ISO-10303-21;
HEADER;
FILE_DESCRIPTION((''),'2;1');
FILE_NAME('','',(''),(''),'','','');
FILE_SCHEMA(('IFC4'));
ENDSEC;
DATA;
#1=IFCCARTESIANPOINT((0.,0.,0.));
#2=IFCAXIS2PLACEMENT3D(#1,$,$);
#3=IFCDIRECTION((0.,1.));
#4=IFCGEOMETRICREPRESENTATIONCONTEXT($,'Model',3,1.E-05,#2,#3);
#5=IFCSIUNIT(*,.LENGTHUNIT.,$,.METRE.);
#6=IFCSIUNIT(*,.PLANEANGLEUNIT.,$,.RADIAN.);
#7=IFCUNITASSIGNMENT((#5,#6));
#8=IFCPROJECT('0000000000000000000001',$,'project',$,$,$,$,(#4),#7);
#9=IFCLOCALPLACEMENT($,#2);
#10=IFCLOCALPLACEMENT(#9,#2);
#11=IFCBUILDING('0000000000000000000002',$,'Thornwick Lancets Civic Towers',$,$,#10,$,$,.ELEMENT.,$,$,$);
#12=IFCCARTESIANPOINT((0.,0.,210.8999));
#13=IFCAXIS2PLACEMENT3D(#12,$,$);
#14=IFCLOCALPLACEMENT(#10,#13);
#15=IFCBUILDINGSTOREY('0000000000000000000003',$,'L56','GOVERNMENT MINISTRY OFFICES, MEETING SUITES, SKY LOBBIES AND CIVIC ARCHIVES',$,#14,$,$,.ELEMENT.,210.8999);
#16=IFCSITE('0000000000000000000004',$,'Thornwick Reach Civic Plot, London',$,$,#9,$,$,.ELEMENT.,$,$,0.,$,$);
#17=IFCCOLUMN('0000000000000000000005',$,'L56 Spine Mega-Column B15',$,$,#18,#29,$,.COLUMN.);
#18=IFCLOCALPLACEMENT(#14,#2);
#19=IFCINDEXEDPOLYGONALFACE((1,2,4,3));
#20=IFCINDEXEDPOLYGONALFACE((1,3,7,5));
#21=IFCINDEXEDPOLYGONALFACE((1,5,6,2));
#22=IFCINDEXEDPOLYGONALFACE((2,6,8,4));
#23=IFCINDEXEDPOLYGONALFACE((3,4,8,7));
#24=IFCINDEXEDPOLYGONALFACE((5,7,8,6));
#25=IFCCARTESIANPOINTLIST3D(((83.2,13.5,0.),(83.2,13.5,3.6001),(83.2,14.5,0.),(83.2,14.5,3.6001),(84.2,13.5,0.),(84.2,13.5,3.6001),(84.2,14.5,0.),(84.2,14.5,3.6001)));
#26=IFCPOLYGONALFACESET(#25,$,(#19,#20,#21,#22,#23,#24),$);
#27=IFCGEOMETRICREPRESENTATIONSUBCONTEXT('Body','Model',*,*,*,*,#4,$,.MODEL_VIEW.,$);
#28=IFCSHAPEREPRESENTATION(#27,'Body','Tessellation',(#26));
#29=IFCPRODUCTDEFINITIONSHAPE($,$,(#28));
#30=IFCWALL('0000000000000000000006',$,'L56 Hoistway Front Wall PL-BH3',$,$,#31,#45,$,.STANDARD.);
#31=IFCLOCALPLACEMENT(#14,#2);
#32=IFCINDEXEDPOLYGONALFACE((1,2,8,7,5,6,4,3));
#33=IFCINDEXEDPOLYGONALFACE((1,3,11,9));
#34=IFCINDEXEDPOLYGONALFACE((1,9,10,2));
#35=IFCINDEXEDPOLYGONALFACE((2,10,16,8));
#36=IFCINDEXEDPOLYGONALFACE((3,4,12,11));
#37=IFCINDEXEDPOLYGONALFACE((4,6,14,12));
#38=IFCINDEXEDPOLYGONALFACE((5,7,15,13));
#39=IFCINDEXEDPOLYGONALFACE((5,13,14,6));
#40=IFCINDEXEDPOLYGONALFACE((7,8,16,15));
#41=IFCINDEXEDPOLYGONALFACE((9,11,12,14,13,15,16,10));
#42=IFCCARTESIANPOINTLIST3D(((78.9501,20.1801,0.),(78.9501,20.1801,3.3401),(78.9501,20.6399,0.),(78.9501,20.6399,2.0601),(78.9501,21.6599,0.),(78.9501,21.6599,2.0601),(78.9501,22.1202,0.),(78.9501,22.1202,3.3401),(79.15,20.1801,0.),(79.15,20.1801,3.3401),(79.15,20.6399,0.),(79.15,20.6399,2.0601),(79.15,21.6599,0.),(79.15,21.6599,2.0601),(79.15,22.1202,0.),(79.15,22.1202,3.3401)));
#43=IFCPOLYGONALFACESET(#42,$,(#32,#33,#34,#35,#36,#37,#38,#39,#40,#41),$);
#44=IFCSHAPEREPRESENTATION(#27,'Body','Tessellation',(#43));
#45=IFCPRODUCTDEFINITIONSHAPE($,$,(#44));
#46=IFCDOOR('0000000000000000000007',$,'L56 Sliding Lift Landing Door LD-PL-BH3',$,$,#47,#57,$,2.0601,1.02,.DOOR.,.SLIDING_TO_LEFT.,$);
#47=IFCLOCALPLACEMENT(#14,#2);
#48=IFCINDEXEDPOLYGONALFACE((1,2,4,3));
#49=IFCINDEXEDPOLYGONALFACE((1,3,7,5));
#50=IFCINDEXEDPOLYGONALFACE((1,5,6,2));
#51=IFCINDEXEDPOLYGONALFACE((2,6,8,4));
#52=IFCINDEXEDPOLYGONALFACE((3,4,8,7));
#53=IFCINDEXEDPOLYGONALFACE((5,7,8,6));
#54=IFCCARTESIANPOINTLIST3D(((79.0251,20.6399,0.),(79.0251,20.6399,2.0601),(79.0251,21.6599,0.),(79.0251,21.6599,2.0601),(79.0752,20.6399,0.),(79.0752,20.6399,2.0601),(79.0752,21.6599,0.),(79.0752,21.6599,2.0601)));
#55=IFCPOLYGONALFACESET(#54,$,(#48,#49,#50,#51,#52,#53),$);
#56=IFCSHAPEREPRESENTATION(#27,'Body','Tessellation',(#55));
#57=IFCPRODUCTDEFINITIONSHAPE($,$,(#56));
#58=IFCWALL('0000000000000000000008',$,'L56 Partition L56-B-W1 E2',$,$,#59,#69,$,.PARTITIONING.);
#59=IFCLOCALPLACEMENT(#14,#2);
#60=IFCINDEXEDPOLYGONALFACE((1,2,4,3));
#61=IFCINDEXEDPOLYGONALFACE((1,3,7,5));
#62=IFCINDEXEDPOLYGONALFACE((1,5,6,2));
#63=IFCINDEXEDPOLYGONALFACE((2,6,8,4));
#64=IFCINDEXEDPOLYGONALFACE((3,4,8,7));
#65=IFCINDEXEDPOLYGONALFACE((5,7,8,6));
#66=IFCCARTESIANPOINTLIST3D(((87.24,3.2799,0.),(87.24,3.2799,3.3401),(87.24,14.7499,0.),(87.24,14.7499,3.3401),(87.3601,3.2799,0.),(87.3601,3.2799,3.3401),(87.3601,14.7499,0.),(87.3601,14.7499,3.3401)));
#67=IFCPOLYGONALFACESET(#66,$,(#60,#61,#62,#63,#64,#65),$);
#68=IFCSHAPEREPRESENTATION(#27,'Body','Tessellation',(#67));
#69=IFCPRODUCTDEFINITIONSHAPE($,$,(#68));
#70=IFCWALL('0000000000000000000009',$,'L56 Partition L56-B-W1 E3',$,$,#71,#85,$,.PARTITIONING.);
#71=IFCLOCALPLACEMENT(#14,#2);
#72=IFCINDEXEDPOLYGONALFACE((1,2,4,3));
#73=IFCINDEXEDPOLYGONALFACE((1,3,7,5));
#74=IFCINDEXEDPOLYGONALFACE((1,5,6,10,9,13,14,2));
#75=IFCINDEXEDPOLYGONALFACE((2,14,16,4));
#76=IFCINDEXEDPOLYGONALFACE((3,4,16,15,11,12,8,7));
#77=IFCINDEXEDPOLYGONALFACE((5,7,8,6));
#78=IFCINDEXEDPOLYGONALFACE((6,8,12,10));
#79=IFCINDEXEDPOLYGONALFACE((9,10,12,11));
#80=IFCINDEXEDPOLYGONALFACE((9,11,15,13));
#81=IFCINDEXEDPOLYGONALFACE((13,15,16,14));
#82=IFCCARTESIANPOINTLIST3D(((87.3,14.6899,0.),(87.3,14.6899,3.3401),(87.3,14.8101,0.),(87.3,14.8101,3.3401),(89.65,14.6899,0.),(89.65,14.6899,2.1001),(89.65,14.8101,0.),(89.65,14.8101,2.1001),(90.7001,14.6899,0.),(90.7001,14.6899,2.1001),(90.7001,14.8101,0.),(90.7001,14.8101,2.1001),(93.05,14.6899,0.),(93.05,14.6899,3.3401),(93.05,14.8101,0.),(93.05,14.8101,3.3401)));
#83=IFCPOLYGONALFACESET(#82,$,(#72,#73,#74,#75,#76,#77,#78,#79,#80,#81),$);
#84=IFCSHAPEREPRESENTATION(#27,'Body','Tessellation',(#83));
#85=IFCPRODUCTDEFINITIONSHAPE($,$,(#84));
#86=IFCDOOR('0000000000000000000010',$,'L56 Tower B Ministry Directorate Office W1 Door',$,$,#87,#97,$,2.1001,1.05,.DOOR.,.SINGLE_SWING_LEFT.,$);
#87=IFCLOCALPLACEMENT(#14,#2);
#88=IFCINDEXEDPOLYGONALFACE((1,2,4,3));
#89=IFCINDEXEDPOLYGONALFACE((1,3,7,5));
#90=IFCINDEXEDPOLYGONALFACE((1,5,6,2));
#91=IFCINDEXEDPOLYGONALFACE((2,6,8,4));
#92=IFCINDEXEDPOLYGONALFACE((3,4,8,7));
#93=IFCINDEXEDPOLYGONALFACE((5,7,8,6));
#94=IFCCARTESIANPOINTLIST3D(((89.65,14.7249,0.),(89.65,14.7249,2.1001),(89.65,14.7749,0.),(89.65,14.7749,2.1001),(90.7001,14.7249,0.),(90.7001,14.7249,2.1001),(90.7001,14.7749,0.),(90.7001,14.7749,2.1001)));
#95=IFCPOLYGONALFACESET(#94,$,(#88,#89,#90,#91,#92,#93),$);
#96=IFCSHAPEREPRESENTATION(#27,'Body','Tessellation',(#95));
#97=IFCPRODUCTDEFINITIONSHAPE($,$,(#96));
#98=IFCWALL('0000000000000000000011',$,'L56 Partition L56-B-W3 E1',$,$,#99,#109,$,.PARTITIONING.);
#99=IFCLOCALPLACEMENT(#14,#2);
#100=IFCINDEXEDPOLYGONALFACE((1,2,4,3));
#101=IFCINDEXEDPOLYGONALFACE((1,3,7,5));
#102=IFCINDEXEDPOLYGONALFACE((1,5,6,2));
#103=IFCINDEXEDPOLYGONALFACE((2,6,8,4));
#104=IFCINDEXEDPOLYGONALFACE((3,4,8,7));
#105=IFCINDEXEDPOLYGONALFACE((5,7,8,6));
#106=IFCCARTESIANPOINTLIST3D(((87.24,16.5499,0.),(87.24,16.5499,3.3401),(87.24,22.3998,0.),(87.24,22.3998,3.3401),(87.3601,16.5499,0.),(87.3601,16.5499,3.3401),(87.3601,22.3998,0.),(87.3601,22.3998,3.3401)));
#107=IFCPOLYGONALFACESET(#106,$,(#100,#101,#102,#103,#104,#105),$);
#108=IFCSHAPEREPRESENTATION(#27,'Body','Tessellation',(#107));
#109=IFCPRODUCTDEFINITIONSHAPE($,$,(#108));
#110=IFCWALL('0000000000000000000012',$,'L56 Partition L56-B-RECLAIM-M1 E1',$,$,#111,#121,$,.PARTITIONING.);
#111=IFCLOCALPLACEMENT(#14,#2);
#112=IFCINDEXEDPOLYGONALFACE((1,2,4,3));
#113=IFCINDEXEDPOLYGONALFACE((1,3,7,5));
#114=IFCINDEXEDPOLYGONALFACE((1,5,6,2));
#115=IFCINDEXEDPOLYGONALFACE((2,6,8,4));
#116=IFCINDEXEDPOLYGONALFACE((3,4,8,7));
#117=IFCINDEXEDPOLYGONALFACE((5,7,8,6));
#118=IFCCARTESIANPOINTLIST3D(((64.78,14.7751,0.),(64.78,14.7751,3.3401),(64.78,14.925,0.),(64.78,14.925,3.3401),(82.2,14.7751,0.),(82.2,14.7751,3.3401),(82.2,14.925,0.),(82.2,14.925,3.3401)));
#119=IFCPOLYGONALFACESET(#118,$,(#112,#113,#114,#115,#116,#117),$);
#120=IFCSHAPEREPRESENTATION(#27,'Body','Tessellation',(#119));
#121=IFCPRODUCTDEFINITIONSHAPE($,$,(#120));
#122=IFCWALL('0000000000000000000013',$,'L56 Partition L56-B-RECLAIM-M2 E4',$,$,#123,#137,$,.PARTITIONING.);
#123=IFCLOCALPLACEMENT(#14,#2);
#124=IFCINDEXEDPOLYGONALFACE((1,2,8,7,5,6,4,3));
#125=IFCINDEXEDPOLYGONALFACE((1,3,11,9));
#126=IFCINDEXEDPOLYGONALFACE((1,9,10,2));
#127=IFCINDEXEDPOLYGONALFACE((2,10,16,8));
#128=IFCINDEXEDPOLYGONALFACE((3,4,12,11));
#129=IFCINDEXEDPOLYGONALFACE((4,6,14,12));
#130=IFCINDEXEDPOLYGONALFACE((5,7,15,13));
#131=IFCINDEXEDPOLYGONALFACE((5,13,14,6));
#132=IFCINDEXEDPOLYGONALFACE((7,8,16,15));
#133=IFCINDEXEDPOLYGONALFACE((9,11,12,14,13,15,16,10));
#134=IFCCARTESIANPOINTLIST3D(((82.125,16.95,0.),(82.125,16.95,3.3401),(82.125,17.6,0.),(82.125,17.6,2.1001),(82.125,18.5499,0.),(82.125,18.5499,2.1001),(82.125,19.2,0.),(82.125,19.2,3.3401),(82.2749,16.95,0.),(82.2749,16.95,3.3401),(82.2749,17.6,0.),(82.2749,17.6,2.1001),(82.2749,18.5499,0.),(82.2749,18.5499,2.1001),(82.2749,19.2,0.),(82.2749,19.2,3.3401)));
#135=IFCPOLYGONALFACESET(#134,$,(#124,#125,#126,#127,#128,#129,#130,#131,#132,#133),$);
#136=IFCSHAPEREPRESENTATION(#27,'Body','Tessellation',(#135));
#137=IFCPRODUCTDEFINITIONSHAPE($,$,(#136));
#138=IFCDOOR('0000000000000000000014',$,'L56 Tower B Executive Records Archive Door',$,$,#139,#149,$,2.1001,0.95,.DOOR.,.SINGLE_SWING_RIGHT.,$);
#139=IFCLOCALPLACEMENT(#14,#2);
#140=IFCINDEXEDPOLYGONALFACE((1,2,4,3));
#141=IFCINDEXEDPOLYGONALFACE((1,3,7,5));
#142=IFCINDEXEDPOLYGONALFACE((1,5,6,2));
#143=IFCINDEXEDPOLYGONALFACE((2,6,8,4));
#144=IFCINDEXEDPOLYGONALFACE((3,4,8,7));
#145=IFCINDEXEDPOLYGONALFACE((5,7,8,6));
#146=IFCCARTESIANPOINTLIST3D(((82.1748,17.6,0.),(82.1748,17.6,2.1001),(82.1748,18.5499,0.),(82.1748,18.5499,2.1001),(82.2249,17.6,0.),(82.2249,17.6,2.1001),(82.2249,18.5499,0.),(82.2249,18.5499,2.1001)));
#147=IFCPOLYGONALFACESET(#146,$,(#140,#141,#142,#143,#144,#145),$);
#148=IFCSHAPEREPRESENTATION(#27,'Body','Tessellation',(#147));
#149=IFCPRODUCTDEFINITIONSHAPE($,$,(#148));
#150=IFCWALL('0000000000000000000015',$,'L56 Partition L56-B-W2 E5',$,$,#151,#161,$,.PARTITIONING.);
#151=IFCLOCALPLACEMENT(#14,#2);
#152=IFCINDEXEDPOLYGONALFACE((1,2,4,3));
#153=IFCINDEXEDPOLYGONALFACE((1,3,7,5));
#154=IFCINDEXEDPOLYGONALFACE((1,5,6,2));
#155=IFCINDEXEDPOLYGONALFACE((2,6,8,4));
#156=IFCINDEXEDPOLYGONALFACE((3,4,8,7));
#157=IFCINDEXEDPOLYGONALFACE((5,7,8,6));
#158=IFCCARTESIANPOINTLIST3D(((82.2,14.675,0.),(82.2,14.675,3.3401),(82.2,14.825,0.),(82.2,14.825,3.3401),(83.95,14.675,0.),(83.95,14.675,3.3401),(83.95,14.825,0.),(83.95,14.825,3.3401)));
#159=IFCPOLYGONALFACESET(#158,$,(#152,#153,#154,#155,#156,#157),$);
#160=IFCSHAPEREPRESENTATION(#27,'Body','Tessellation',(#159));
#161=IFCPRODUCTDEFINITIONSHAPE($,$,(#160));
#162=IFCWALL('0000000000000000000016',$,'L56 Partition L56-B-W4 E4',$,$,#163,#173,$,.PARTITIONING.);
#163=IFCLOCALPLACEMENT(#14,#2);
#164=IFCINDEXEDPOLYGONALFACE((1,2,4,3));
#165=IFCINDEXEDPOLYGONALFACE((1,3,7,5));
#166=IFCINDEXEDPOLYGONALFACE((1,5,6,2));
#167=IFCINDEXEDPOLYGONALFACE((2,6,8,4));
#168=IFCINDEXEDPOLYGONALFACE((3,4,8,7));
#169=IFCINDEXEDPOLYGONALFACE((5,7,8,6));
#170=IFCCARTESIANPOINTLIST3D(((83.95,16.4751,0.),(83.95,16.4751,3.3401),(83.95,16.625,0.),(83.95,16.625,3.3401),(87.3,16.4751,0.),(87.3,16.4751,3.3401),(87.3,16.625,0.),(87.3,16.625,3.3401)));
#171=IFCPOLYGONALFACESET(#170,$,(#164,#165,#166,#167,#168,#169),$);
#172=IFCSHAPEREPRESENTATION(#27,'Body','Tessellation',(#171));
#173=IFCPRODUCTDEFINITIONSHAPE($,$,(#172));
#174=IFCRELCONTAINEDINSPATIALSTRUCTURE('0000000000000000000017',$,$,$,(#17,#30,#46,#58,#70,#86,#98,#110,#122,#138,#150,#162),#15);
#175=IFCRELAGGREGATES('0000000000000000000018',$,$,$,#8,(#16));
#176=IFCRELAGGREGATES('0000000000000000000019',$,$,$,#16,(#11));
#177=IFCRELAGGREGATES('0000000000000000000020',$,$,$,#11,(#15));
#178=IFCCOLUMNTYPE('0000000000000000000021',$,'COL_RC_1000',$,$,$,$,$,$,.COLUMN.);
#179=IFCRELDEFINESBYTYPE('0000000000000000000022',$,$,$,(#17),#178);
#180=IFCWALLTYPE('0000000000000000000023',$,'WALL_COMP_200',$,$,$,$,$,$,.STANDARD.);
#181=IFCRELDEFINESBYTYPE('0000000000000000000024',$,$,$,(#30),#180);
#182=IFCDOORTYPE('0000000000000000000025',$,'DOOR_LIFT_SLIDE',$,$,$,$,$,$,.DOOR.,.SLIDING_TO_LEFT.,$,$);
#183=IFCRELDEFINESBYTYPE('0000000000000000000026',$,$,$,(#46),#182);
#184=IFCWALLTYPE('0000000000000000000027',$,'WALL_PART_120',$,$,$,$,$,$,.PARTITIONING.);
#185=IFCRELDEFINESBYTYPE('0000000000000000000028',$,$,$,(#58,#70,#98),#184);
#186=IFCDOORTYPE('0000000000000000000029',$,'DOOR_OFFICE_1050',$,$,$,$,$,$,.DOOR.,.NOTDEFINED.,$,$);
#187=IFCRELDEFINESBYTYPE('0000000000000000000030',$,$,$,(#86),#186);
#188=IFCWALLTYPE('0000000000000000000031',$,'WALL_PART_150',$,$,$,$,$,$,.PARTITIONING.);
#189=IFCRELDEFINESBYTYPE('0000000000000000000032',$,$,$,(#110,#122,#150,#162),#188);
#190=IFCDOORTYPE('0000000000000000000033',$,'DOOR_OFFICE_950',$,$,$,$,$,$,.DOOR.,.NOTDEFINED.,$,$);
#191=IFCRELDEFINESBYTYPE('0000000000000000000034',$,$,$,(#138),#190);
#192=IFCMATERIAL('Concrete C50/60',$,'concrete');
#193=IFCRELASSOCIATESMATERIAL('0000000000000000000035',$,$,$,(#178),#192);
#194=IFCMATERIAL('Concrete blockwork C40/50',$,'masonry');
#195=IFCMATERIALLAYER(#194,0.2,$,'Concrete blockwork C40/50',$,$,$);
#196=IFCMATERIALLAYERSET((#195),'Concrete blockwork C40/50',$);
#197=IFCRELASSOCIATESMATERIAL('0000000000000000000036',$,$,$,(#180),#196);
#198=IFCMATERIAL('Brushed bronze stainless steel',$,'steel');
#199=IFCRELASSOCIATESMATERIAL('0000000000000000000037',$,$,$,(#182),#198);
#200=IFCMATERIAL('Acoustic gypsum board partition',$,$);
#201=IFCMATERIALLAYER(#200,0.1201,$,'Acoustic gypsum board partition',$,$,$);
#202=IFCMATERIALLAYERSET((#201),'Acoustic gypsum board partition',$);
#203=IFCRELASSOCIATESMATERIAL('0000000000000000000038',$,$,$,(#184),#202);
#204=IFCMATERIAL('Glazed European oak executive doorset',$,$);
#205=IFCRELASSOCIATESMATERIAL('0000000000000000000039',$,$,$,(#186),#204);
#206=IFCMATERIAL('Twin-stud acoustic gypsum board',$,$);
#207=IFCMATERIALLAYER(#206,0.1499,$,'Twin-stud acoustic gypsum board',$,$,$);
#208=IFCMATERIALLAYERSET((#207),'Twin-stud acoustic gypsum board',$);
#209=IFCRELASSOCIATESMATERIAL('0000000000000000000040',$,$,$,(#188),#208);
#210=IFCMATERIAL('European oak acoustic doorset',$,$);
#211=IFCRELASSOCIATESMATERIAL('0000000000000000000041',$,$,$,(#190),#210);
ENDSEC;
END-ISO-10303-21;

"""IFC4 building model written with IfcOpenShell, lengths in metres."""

from ifc_helpers import new_model, si_unit, direction, frame, frame_2d, origin, origin_2d, place, context, subcontext, project, spatial, rectangle, extrude, material, layer, layer_set, material_profile, profile_set, type_object, element, fill, save


model = new_model("IFC4")

# Units and contexts
model_context = context("Model", 3, precision=1e-05, world=origin(), true_north=direction((0.0, 1.0)))
body_context = subcontext(model_context, "Body", "Model", "MODEL_VIEW")
ifc_project = project(units=[si_unit("LENGTHUNIT", "METRE"), si_unit("PLANEANGLEUNIT", "RADIAN")], contexts=[model_context])

# Site, building, storey
site_placement = place(None, origin())
site = spatial("IfcSite", under=ifc_project, at=site_placement, Name="Thornwick Reach Civic Plot, London", CompositionType="ELEMENT", RefElevation=0.0)
building_placement = place(site_placement, origin())
building = spatial("IfcBuilding", under=site, at=building_placement, Name="Thornwick Lancets Civic Towers", CompositionType="ELEMENT")
storey_placement = place(building_placement, frame((0.0, 0.0, 210.8999)))
storey = spatial("IfcBuildingStorey", under=building, at=storey_placement, Name="L56", Description="GOVERNMENT MINISTRY OFFICES, MEETING SUITES, SKY LOBBIES AND CIVIC ARCHIVES", CompositionType="ELEMENT", Elevation=210.8999)

# Column
ifc_material_1 = material(Name="Concrete C50/60", Category="concrete")
ifc_material_profile = material_profile(ifc_material_1, rectangle(XDim=1.0, YDim=1.0, at=origin_2d()), Name="RC 1000x1000")
ifc_profile_set = profile_set([ifc_material_profile], Name="Concrete C50/60")
column_type = type_object("IfcColumnType", Name="COL_RC_1000", PredefinedType="COLUMN", material=ifc_profile_set)
column_placement = place(storey_placement, frame((83.7, 14.0, 0.0), z_axis=(0.0, 0.0, 1.0), x_axis=(1.0, 0.0, 0.0)))
element("IfcColumn", 1, at=column_placement, inside=storey, type_object=column_type, Name="L56 Spine Mega-Column B15", PredefinedType="COLUMN", context=body_context, shape_type="SweptSolid", body=[
    extrude(rectangle(XDim=1.0, YDim=1.0, at=origin_2d()), origin(), (0.0, 0.0, 1.0), 3.6001),
])

# Wall, opening, door
ifc_material_2 = material(Name="Concrete blockwork C40/50", Category="masonry")
ifc_layer_1 = layer(ifc_material_2, 0.2, Name="Concrete blockwork C40/50")
ifc_layer_set_1 = layer_set([ifc_layer_1], Name="Concrete blockwork C40/50")
wall_type_1 = type_object("IfcWallType", Name="WALL_COMP_200", PredefinedType="STANDARD", material=ifc_layer_set_1)
wall_1_placement = place(storey_placement, frame((79.05, 20.1799, 0.0), z_axis=(0.0, 0.0, 1.0), x_axis=(0.0, 1.0, 0.0)))
wall_1 = element("IfcWall", 2, at=wall_1_placement, inside=storey, type_object=wall_type_1, Name="L56 Hoistway Front Wall PL-BH3", PredefinedType="STANDARD", context=body_context, shape_type="SweptSolid", body=[
    extrude(rectangle(XDim=1.9402, YDim=0.2, at=frame_2d((0.9702, 0.0))), origin(), (0.0, 0.0, 1.0), 3.3401),
])
opening_1_placement = place(wall_1_placement, frame((0.46, 0.0, 0.0)))
opening_1 = element("IfcOpeningElement", 3, at=opening_1_placement, cuts=wall_1, PredefinedType="OPENING", context=body_context, shape_type="SweptSolid", body=[
    extrude(rectangle(XDim=1.02, YDim=2.0601, at=frame_2d((0.51, 1.03))), frame((0.0, 0.1099, 0.0), z_axis=(0.0, -1.0, 0.0), x_axis=(1.0, 0.0, 0.0)), (0.0, 0.0, 1.0), 0.22),
])
ifc_material_3 = material(Name="Brushed bronze stainless steel", Category="steel")
door_type_1 = type_object("IfcDoorType", Name="DOOR_LIFT_SLIDE", OperationType="SLIDING_TO_LEFT", PredefinedType="DOOR", material=ifc_material_3)
door_1_placement = place(opening_1_placement, origin())
door_1 = element("IfcDoor", 4, at=door_1_placement, inside=storey, type_object=door_type_1, Name="L56 Sliding Lift Landing Door LD-PL-BH3", OperationType="SLIDING_TO_LEFT", OverallHeight=2.0601, OverallWidth=1.02, PredefinedType="DOOR", context=body_context, shape_type="SweptSolid", body=[
    extrude(rectangle(XDim=1.02, YDim=2.0601, at=frame_2d((0.51, 1.03))), frame((0.0, 0.0249, 0.0), z_axis=(0.0, -1.0, 0.0), x_axis=(1.0, 0.0, 0.0)), (0.0, 0.0, 1.0), 0.05),
])
fill(opening_1, door_1)

# Wall
ifc_material_4 = material(Name="Acoustic gypsum board partition")
ifc_layer_2 = layer(ifc_material_4, 0.1201, Name="Acoustic gypsum board partition")
ifc_layer_set_2 = layer_set([ifc_layer_2], Name="Acoustic gypsum board partition")
wall_type_2 = type_object("IfcWallType", Name="WALL_PART_120", PredefinedType="PARTITIONING", material=ifc_layer_set_2)
wall_2_placement = place(storey_placement, frame((87.3, 3.28, 0.0), z_axis=(0.0, 0.0, 1.0), x_axis=(0.0, 1.0, 0.0)))
element("IfcWall", 5, at=wall_2_placement, inside=storey, type_object=wall_type_2, Name="L56 Partition L56-B-W1 E2", PredefinedType="PARTITIONING", context=body_context, shape_type="SweptSolid", body=[
    extrude(rectangle(XDim=11.47, YDim=0.1201, at=frame_2d((5.7349, 0.0))), origin(), (0.0, 0.0, 1.0), 3.3401),
])

# Wall, opening, door
wall_3_placement = place(storey_placement, frame((87.3, 14.75, 0.0), z_axis=(0.0, 0.0, 1.0), x_axis=(1.0, 0.0, 0.0)))
wall_3 = element("IfcWall", 6, at=wall_3_placement, inside=storey, type_object=wall_type_2, Name="L56 Partition L56-B-W1 E3", PredefinedType="PARTITIONING", context=body_context, shape_type="SweptSolid", body=[
    extrude(rectangle(XDim=5.75, YDim=0.1201, at=frame_2d((2.875, 0.0))), origin(), (0.0, 0.0, 1.0), 3.3401),
])
opening_2_placement = place(wall_3_placement, frame((2.3501, 0.0, 0.0)))
opening_2 = element("IfcOpeningElement", 7, at=opening_2_placement, cuts=wall_3, PredefinedType="OPENING", context=body_context, shape_type="SweptSolid", body=[
    extrude(rectangle(XDim=1.05, YDim=2.1001, at=frame_2d((0.5249, 1.05))), frame((0.0, 0.0701, 0.0), z_axis=(0.0, -1.0, 0.0), x_axis=(1.0, 0.0, 0.0)), (0.0, 0.0, 1.0), 0.1401),
])
ifc_material_5 = material(Name="Glazed European oak executive doorset")
door_type_2 = type_object("IfcDoorType", Name="DOOR_OFFICE_1050", OperationType="NOTDEFINED", PredefinedType="DOOR", material=ifc_material_5)
door_2_placement = place(opening_2_placement, origin())
door_2 = element("IfcDoor", 8, at=door_2_placement, inside=storey, type_object=door_type_2, Name="L56 Tower B Ministry Directorate Office W1 Door", OperationType="SINGLE_SWING_LEFT", OverallHeight=2.1001, OverallWidth=1.05, PredefinedType="DOOR", context=body_context, shape_type="SweptSolid", body=[
    extrude(rectangle(XDim=1.05, YDim=2.1001, at=frame_2d((0.5249, 1.05))), frame((0.0, 0.0249, 0.0), z_axis=(0.0, -1.0, 0.0), x_axis=(1.0, 0.0, 0.0)), (0.0, 0.0, 1.0), 0.05),
])
fill(opening_2, door_2)

# Walls
wall_4_placement = place(storey_placement, frame((87.3, 16.55, 0.0), z_axis=(0.0, 0.0, 1.0), x_axis=(0.0, 1.0, 0.0)))
element("IfcWall", 9, at=wall_4_placement, inside=storey, type_object=wall_type_2, Name="L56 Partition L56-B-W3 E1", PredefinedType="PARTITIONING", context=body_context, shape_type="SweptSolid", body=[
    extrude(rectangle(XDim=5.8499, YDim=0.1201, at=frame_2d((2.9248, 0.0))), origin(), (0.0, 0.0, 1.0), 3.3401),
])
ifc_material_6 = material(Name="Twin-stud acoustic gypsum board")
ifc_layer_3 = layer(ifc_material_6, 0.1499, Name="Twin-stud acoustic gypsum board")
ifc_layer_set_3 = layer_set([ifc_layer_3], Name="Twin-stud acoustic gypsum board")
wall_type_3 = type_object("IfcWallType", Name="WALL_PART_150", PredefinedType="PARTITIONING", material=ifc_layer_set_3)
wall_5_placement = place(storey_placement, frame((82.2, 14.8501, 0.0), z_axis=(0.0, 0.0, 1.0), x_axis=(-1.0, 0.0, 0.0)))
element("IfcWall", 10, at=wall_5_placement, inside=storey, type_object=wall_type_3, Name="L56 Partition L56-B-RECLAIM-M1 E1", PredefinedType="PARTITIONING", context=body_context, shape_type="SweptSolid", body=[
    extrude(rectangle(XDim=17.4199, YDim=0.1499, at=frame_2d((8.71, 0.0))), origin(), (0.0, 0.0, 1.0), 3.3401),
])

# Wall, opening, door
wall_6_placement = place(storey_placement, frame((82.2, 19.2, 0.0), z_axis=(0.0, 0.0, 1.0), x_axis=(0.0, -1.0, 0.0)))
wall_6 = element("IfcWall", 11, at=wall_6_placement, inside=storey, type_object=wall_type_3, Name="L56 Partition L56-B-RECLAIM-M2 E4", PredefinedType="PARTITIONING", context=body_context, shape_type="SweptSolid", body=[
    extrude(rectangle(XDim=2.25, YDim=0.1499, at=frame_2d((1.125, 0.0))), origin(), (0.0, 0.0, 1.0), 3.3401),
])
opening_3_placement = place(wall_6_placement, frame((0.6499, 0.0, 0.0)))
opening_3 = element("IfcOpeningElement", 12, at=opening_3_placement, cuts=wall_6, PredefinedType="OPENING", context=body_context, shape_type="SweptSolid", body=[
    extrude(rectangle(XDim=0.95, YDim=2.1001, at=frame_2d((0.4751, 1.05))), frame((0.0, 0.085, 0.0), z_axis=(0.0, -1.0, 0.0), x_axis=(1.0, 0.0, 0.0)), (0.0, 0.0, 1.0), 0.1699),
])
ifc_material_7 = material(Name="European oak acoustic doorset")
door_type_3 = type_object("IfcDoorType", Name="DOOR_OFFICE_950", OperationType="NOTDEFINED", PredefinedType="DOOR", material=ifc_material_7)
door_3_placement = place(opening_3_placement, origin())
door_3 = element("IfcDoor", 13, at=door_3_placement, inside=storey, type_object=door_type_3, Name="L56 Tower B Executive Records Archive Door", OperationType="SINGLE_SWING_RIGHT", OverallHeight=2.1001, OverallWidth=0.95, PredefinedType="DOOR", context=body_context, shape_type="SweptSolid", body=[
    extrude(rectangle(XDim=0.95, YDim=2.1001, at=frame_2d((0.4751, 1.05))), frame((0.0, 0.0249, 0.0), z_axis=(0.0, -1.0, 0.0), x_axis=(1.0, 0.0, 0.0)), (0.0, 0.0, 1.0), 0.05),
])
fill(opening_3, door_3)

# Wall
wall_7_placement = place(storey_placement, frame((82.2, 14.75, 0.0), z_axis=(0.0, 0.0, 1.0), x_axis=(1.0, 0.0, 0.0)))
element("IfcWall", 14, at=wall_7_placement, inside=storey, type_object=wall_type_3, Name="L56 Partition L56-B-W2 E5", PredefinedType="PARTITIONING", context=body_context, shape_type="SweptSolid", body=[
    extrude(rectangle(XDim=1.75, YDim=0.1499, at=frame_2d((0.875, 0.0))), origin(), (0.0, 0.0, 1.0), 3.3401),
])

# Wall
wall_8_placement = place(storey_placement, frame((87.3, 16.55, 0.0), z_axis=(0.0, 0.0, 1.0), x_axis=(-1.0, 0.0, 0.0)))
element("IfcWall", 15, at=wall_8_placement, inside=storey, type_object=wall_type_3, Name="L56 Partition L56-B-W4 E4", PredefinedType="PARTITIONING", context=body_context, shape_type="SweptSolid", body=[
    extrude(rectangle(XDim=3.3501, YDim=0.1499, at=frame_2d((1.675, 0.0))), origin(), (0.0, 0.0, 1.0), 3.3401),
])

save(model, "model.ifc")
